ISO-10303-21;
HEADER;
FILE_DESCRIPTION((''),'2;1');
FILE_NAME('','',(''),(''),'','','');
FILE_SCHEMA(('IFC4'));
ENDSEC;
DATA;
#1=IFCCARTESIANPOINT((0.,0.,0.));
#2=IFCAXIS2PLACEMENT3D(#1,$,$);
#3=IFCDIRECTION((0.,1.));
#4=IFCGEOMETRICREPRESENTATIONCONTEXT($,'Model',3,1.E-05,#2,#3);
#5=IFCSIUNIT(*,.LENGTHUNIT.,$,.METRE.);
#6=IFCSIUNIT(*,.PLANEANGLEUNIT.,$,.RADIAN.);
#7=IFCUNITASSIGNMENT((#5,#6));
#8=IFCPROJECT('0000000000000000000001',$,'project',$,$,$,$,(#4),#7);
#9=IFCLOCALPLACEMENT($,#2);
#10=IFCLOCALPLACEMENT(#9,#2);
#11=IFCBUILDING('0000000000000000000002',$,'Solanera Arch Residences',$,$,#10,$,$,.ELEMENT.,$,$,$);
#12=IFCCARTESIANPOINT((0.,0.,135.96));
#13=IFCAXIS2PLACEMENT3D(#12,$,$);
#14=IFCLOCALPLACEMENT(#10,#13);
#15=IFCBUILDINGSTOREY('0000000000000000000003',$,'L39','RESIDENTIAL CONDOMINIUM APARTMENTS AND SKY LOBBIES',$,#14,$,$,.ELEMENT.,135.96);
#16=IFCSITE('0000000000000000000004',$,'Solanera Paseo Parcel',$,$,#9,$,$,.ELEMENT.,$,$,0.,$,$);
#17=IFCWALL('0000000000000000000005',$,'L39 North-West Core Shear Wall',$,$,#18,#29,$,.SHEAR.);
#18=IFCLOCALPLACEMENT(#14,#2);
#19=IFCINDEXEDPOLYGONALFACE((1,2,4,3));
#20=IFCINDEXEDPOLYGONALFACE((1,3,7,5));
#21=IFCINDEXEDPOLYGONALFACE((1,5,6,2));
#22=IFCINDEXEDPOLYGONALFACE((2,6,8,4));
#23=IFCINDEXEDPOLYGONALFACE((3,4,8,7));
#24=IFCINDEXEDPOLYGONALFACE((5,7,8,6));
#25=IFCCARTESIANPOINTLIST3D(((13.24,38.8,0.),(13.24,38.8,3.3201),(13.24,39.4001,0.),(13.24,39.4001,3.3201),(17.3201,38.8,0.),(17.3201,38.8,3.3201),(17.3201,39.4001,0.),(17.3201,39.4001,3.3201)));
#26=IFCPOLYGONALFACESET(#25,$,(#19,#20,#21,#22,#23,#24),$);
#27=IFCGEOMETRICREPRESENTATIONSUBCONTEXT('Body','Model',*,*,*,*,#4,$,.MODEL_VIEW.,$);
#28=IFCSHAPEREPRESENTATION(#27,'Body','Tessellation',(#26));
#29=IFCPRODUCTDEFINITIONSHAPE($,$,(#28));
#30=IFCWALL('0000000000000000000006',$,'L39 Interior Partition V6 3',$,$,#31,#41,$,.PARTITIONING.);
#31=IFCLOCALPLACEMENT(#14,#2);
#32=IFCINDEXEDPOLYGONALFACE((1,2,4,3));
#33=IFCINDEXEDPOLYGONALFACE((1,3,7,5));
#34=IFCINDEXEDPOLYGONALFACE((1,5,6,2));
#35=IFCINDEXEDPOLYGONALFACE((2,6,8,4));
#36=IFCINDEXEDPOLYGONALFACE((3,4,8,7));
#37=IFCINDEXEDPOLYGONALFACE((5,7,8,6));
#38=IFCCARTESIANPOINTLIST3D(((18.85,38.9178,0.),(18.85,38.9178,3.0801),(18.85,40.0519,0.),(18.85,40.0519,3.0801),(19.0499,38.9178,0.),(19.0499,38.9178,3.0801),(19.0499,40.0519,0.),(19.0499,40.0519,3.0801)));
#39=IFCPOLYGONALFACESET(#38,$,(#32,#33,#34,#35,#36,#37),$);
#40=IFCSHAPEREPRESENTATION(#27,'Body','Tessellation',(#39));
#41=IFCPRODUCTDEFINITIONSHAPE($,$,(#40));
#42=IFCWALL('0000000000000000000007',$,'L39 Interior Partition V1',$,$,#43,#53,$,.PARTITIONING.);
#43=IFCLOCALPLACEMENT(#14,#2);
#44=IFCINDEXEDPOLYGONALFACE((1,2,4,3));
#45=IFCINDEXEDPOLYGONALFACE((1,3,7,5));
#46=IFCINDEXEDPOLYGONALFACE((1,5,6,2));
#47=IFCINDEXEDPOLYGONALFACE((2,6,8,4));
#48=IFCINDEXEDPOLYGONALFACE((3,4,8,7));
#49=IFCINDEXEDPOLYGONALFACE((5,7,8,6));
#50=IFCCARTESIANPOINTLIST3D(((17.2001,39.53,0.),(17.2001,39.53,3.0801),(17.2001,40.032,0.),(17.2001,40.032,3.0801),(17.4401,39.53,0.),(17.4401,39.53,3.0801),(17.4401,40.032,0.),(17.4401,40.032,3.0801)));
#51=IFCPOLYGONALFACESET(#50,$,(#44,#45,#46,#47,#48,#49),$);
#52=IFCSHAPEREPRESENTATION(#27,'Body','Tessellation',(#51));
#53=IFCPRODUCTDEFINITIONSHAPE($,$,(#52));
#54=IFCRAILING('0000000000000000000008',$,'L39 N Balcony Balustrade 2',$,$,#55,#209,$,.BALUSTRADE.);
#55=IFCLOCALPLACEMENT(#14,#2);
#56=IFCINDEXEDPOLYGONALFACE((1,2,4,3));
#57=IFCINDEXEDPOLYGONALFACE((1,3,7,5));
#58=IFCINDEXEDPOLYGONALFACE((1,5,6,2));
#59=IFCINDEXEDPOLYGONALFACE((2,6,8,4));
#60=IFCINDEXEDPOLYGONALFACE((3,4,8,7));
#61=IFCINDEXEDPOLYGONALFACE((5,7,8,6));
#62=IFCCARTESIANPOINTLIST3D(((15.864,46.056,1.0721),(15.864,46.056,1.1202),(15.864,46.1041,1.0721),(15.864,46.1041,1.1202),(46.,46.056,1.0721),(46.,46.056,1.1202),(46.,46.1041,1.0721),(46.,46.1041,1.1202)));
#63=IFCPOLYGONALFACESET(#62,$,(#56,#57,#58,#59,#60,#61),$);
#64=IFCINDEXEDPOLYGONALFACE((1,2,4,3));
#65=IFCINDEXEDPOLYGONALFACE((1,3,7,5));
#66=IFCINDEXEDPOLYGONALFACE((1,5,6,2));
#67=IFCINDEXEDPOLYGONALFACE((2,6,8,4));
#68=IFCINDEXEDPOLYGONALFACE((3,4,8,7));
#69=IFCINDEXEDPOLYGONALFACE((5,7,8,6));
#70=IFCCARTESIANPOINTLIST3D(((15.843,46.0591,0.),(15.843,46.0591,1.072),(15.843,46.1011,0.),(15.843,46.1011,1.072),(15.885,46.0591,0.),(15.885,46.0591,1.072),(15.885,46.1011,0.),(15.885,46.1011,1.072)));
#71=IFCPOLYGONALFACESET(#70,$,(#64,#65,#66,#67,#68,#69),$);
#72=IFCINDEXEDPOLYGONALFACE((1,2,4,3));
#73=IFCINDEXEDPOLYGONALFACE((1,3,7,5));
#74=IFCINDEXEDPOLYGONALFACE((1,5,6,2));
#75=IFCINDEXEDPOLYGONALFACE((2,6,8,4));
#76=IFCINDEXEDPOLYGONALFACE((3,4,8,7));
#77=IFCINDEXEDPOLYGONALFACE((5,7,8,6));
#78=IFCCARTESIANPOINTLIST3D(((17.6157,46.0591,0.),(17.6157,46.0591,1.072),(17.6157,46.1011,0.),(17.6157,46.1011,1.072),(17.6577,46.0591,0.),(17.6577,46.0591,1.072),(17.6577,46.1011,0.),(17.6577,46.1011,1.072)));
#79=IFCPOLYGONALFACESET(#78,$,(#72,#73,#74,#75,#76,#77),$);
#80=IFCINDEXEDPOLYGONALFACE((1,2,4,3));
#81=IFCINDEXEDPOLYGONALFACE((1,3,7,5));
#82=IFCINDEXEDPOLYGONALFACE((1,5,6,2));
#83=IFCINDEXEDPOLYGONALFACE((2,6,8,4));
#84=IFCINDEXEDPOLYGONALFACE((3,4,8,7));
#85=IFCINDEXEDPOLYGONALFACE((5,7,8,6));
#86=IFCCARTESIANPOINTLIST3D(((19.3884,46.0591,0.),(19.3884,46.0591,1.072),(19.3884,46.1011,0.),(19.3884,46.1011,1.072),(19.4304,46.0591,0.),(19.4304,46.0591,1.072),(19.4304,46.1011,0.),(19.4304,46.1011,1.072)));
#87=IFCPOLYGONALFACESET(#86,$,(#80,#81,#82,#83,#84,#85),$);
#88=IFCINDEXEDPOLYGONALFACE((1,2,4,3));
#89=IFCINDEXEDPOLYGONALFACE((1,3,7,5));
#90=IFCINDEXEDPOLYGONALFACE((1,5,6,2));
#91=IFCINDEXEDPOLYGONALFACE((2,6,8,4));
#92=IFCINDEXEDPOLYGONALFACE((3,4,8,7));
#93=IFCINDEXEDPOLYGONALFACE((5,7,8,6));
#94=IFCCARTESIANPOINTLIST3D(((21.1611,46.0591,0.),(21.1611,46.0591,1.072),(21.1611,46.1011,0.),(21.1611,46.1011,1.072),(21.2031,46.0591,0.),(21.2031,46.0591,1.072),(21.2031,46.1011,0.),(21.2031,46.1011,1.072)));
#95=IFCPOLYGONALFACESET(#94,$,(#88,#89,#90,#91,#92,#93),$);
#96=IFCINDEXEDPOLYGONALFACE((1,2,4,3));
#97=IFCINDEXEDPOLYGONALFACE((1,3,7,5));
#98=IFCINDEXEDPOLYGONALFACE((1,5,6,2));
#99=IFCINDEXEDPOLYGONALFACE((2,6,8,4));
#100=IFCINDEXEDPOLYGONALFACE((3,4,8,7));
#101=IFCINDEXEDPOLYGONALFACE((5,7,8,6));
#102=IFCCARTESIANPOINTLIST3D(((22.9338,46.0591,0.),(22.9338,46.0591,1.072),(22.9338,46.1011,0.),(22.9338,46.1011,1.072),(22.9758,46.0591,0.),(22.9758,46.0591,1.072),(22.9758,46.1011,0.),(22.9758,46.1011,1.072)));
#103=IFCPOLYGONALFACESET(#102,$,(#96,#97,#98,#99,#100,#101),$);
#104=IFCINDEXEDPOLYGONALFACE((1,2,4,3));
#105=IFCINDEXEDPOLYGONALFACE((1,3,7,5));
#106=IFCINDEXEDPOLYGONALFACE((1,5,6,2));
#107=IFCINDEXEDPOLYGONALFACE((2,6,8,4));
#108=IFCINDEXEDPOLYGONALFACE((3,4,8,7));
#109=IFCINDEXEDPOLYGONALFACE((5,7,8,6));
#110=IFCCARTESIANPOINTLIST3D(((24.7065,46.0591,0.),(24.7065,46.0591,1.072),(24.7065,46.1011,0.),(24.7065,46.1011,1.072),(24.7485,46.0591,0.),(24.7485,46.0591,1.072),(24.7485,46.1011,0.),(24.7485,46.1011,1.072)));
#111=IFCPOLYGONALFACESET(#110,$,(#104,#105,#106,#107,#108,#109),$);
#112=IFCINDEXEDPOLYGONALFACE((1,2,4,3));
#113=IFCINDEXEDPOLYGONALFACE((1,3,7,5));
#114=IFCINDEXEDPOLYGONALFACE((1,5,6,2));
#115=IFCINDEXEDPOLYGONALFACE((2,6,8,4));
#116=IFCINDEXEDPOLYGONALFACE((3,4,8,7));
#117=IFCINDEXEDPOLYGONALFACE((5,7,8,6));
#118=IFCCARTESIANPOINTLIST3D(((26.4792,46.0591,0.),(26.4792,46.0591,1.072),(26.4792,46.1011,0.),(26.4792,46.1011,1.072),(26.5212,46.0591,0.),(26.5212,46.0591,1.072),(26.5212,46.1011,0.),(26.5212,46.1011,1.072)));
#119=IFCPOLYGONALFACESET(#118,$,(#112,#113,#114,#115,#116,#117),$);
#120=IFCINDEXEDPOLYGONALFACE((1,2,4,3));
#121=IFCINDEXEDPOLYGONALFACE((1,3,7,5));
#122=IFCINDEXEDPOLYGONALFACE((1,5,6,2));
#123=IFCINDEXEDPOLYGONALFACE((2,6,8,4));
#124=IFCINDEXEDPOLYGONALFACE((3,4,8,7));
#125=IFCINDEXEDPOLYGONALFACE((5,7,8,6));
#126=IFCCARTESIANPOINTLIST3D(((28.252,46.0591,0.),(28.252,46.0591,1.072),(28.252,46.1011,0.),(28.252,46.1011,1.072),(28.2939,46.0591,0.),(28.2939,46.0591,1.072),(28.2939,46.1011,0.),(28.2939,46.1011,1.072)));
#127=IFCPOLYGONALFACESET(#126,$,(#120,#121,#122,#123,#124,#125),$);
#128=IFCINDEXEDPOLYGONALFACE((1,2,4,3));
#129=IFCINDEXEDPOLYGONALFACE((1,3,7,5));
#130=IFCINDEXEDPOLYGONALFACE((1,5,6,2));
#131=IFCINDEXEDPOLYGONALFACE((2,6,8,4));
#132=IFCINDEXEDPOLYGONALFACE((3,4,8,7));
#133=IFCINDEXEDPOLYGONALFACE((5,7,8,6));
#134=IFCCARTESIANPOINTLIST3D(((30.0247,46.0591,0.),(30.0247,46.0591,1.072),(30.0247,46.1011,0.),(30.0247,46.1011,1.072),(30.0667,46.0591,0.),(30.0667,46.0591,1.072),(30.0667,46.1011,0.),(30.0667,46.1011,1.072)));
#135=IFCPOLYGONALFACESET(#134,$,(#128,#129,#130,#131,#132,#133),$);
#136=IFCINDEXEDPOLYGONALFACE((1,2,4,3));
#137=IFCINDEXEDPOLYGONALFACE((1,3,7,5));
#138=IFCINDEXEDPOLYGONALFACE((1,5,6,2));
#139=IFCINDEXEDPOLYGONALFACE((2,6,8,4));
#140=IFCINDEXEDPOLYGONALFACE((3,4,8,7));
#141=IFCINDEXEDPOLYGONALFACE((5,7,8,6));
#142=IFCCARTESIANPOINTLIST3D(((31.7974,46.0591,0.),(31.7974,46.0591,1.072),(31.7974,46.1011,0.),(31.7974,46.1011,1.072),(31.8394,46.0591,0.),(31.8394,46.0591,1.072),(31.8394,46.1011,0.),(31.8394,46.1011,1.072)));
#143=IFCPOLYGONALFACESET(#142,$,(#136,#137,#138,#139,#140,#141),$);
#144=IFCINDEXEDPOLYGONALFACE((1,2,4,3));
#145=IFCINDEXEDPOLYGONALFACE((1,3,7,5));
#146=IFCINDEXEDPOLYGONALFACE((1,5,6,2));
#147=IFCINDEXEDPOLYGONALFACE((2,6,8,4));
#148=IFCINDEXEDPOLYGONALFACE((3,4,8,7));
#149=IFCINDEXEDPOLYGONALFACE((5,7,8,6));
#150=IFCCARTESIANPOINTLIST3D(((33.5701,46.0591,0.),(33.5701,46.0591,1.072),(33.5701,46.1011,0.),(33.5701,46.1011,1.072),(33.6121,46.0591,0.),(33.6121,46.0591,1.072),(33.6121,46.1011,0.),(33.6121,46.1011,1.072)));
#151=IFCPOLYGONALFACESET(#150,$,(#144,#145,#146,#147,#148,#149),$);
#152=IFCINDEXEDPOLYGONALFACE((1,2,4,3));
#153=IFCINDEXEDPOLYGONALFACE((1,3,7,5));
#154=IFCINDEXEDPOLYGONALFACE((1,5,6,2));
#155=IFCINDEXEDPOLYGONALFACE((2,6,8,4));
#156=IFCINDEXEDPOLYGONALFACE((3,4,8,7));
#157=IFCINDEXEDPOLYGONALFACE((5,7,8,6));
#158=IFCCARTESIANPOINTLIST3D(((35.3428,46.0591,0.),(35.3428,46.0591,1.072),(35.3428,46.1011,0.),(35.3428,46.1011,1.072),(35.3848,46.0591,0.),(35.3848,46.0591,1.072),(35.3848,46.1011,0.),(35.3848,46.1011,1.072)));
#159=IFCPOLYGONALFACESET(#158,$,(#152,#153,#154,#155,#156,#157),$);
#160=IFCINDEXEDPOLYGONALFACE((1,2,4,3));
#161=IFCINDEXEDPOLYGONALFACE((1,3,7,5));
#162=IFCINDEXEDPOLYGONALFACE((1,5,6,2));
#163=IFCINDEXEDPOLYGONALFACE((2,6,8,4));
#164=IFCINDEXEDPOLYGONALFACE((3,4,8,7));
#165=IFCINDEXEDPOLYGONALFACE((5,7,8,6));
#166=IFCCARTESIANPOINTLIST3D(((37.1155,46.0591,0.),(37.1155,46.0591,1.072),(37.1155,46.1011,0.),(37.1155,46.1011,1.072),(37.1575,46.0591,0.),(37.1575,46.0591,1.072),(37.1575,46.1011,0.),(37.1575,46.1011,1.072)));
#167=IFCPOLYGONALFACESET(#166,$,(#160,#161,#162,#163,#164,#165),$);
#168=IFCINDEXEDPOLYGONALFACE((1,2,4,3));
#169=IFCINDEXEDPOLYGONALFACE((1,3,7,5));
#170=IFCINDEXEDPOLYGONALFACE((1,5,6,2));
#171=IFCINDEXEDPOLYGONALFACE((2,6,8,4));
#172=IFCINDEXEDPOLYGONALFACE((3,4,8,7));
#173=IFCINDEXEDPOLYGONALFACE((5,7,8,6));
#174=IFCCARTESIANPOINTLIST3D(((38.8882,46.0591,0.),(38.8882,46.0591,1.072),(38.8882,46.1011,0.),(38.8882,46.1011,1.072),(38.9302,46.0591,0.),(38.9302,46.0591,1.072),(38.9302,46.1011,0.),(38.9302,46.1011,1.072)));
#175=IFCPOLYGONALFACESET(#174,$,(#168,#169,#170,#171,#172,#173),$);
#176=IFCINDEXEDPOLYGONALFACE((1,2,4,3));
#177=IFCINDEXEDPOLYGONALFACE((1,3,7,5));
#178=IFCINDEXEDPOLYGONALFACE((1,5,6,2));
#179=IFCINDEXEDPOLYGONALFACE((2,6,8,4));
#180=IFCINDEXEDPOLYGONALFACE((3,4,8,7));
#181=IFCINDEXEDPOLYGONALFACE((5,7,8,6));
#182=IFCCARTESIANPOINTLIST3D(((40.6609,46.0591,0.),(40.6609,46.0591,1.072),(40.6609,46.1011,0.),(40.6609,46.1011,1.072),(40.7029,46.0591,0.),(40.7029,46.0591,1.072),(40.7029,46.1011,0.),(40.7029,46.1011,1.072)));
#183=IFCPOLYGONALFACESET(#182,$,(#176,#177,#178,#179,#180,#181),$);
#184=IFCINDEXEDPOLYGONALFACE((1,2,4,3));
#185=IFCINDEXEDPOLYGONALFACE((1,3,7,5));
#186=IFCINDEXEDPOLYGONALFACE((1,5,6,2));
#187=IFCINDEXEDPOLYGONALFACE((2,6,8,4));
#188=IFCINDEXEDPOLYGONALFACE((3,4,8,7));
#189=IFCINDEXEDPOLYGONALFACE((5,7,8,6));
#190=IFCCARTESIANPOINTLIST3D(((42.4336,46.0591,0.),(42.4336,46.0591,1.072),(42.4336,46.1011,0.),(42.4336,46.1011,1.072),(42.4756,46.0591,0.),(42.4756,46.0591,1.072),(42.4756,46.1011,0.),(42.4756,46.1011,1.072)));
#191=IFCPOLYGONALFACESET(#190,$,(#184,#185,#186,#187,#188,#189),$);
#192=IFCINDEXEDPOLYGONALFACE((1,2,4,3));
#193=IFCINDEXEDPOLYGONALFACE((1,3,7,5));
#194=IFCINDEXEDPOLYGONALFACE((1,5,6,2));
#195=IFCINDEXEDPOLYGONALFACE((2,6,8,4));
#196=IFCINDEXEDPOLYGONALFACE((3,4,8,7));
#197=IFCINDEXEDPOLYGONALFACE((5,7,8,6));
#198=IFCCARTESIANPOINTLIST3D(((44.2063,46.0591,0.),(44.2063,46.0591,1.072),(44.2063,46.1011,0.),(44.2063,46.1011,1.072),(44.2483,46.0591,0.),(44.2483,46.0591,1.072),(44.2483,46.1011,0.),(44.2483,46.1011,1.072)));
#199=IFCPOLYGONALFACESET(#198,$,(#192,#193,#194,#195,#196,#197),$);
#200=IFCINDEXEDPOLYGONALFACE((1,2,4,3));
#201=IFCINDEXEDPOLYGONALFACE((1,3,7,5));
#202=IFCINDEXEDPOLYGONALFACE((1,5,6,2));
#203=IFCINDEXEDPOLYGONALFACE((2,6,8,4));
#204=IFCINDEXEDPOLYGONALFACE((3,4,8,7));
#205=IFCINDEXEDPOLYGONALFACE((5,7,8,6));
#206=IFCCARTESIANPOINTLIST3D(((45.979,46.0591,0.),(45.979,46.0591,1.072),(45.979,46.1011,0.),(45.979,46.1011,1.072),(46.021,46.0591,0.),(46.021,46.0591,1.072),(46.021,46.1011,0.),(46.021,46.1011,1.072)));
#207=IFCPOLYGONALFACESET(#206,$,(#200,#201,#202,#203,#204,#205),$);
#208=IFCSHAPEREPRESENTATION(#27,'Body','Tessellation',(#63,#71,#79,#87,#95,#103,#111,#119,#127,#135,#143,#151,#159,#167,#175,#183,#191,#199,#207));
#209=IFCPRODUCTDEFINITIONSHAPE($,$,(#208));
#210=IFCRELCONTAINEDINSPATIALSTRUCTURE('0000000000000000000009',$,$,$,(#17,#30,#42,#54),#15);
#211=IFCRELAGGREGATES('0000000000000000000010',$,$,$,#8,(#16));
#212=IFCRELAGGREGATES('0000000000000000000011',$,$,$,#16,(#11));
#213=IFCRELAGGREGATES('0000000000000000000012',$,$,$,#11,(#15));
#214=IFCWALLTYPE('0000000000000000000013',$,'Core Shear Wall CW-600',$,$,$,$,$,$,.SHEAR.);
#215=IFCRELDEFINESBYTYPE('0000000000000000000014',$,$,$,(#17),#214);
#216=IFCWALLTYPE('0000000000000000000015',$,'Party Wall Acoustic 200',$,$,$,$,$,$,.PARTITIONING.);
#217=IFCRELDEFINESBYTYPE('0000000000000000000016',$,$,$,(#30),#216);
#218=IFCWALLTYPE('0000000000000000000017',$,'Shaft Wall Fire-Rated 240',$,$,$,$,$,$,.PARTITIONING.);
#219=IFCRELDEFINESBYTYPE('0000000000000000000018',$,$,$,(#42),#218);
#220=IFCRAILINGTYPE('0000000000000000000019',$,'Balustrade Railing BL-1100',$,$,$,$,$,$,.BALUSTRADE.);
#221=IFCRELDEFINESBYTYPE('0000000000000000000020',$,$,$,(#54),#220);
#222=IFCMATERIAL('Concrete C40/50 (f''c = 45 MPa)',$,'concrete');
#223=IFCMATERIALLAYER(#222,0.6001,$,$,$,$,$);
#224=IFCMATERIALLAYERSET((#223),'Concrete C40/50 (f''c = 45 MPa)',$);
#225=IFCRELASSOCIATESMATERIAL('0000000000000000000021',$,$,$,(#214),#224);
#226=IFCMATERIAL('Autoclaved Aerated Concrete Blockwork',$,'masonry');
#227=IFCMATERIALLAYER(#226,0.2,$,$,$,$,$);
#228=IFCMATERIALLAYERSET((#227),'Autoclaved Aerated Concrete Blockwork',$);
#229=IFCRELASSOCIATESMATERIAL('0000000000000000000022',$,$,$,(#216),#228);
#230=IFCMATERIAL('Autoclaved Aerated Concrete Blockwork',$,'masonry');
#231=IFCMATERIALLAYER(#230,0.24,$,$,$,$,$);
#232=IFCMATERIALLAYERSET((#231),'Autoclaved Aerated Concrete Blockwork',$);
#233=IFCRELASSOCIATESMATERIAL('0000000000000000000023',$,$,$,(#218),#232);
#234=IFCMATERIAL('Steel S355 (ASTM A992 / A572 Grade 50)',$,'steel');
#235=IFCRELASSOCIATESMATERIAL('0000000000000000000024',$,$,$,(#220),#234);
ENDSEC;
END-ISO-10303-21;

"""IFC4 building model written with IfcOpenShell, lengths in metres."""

from ifc_helpers import new_model, si_unit, direction, frame, frame_2d, origin, origin_2d, place, context, subcontext, project, spatial, rectangle, extrude, material, layer, layer_set, type_object, element, save


model = new_model("IFC4")

# Units and contexts
model_context = context("Model", 3, precision=1e-05, world=origin(), true_north=direction((0.0, 1.0)))
body_context = subcontext(model_context, "Body", "Model", "MODEL_VIEW")
ifc_project = project(units=[si_unit("LENGTHUNIT", "METRE"), si_unit("PLANEANGLEUNIT", "RADIAN")], contexts=[model_context])

# Site, building, storey
site_placement = place(None, origin())
site = spatial("IfcSite", under=ifc_project, at=site_placement, Name="Solanera Paseo Parcel", CompositionType="ELEMENT", RefElevation=0.0)
building_placement = place(site_placement, origin())
building = spatial("IfcBuilding", under=site, at=building_placement, Name="Solanera Arch Residences", CompositionType="ELEMENT")
storey_placement = place(building_placement, frame((0.0, 0.0, 135.96)))
storey = spatial("IfcBuildingStorey", under=building, at=storey_placement, Name="L39", Description="RESIDENTIAL CONDOMINIUM APARTMENTS AND SKY LOBBIES", CompositionType="ELEMENT", Elevation=135.96)

# Walls
ifc_material_1 = material(Name="Concrete C40/50 (f'c = 45 MPa)", Category="concrete")
ifc_layer_1 = layer(ifc_material_1, 0.6001)
ifc_layer_set_1 = layer_set([ifc_layer_1], Name="Concrete C40/50 (f'c = 45 MPa)")
wall_type_1 = type_object("IfcWallType", Name="Core Shear Wall CW-600", PredefinedType="SHEAR", material=ifc_layer_set_1)
wall_1_placement = place(storey_placement, frame((13.24, 39.1001, 0.0), z_axis=(0.0, 0.0, 1.0), x_axis=(1.0, 0.0, 0.0)))
element("IfcWall", 1, at=wall_1_placement, inside=storey, type_object=wall_type_1, Name="L39 North-West Core Shear Wall", PredefinedType="SHEAR", context=body_context, shape_type="SweptSolid", body=[
    extrude(rectangle(XDim=4.0801, YDim=0.6001, at=frame_2d((2.04, 0.0))), origin(), (0.0, 0.0, 1.0), 3.3201),
])
ifc_material_2 = material(Name="Autoclaved Aerated Concrete Blockwork", Category="masonry")
ifc_layer_2 = layer(ifc_material_2, 0.2)
ifc_layer_set_2 = layer_set([ifc_layer_2], Name="Autoclaved Aerated Concrete Blockwork")
wall_type_2 = type_object("IfcWallType", Name="Party Wall Acoustic 200", PredefinedType="PARTITIONING", material=ifc_layer_set_2)
wall_2_placement = place(storey_placement, frame((18.95, 38.918, 0.0), z_axis=(0.0, 0.0, 1.0), x_axis=(0.0, 1.0, 0.0)))
element("IfcWall", 2, at=wall_2_placement, inside=storey, type_object=wall_type_2, Name="L39 Interior Partition V6 3", PredefinedType="PARTITIONING", context=body_context, shape_type="SweptSolid", body=[
    extrude(rectangle(XDim=1.134, YDim=0.2, at=frame_2d((0.5669, 0.0))), origin(), (0.0, 0.0, 1.0), 3.0801),
])
ifc_material_3 = material(Name="Autoclaved Aerated Concrete Blockwork", Category="masonry")
ifc_layer_3 = layer(ifc_material_3, 0.24)
ifc_layer_set_3 = layer_set([ifc_layer_3], Name="Autoclaved Aerated Concrete Blockwork")
wall_type_3 = type_object("IfcWallType", Name="Shaft Wall Fire-Rated 240", PredefinedType="PARTITIONING", material=ifc_layer_set_3)
wall_3_placement = place(storey_placement, frame((17.3201, 39.53, 0.0), z_axis=(0.0, 0.0, 1.0), x_axis=(0.0, 1.0, 0.0)))
element("IfcWall", 3, at=wall_3_placement, inside=storey, type_object=wall_type_3, Name="L39 Interior Partition V1", PredefinedType="PARTITIONING", context=body_context, shape_type="SweptSolid", body=[
    extrude(rectangle(XDim=0.502, YDim=0.24, at=frame_2d((0.251, 0.0))), origin(), (0.0, 0.0, 1.0), 3.0801),
])

# Railing
ifc_material_4 = material(Name="Steel S355 (ASTM A992 / A572 Grade 50)", Category="steel")
railing_type = type_object("IfcRailingType", Name="Balustrade Railing BL-1100", PredefinedType="BALUSTRADE", material=ifc_material_4)
railing_placement = place(storey_placement, frame((15.864, 46.0801, 0.0)))
element("IfcRailing", 4, at=railing_placement, inside=storey, type_object=railing_type, Name="L39 N Balcony Balustrade 2", PredefinedType="BALUSTRADE", context=body_context, shape_type="SweptSolid", body=[
    extrude(rectangle(XDim=0.0481, YDim=0.0481, at=origin_2d()), frame((0.0, 0.0, 1.0962), z_axis=(1.0, 0.0, 0.0), x_axis=(0.0, 1.0, 0.0)), (0.0, 0.0, 1.0), 30.136),
    extrude(rectangle(XDim=0.042, YDim=0.042, at=origin_2d()), origin(), (0.0, 0.0, 1.0), 1.072),
    extrude(rectangle(XDim=0.042, YDim=0.042, at=origin_2d()), frame((1.7727, 0.0, 0.0)), (0.0, 0.0, 1.0), 1.072),
    extrude(rectangle(XDim=0.042, YDim=0.042, at=origin_2d()), frame((3.5454, 0.0, 0.0)), (0.0, 0.0, 1.0), 1.072),
    extrude(rectangle(XDim=0.042, YDim=0.042, at=origin_2d()), frame((5.3181, 0.0, 0.0)), (0.0, 0.0, 1.0), 1.072),
    extrude(rectangle(XDim=0.042, YDim=0.042, at=origin_2d()), frame((7.0908, 0.0, 0.0)), (0.0, 0.0, 1.0), 1.072),
    extrude(rectangle(XDim=0.042, YDim=0.042, at=origin_2d()), frame((8.8635, 0.0, 0.0)), (0.0, 0.0, 1.0), 1.072),
    extrude(rectangle(XDim=0.042, YDim=0.042, at=origin_2d()), frame((10.6362, 0.0, 0.0)), (0.0, 0.0, 1.0), 1.072),
    extrude(rectangle(XDim=0.042, YDim=0.042, at=origin_2d()), frame((12.4089, 0.0, 0.0)), (0.0, 0.0, 1.0), 1.072),
    extrude(rectangle(XDim=0.042, YDim=0.042, at=origin_2d()), frame((14.1816, 0.0, 0.0)), (0.0, 0.0, 1.0), 1.072),
    extrude(rectangle(XDim=0.042, YDim=0.042, at=origin_2d()), frame((15.9543, 0.0, 0.0)), (0.0, 0.0, 1.0), 1.072),
    extrude(rectangle(XDim=0.042, YDim=0.042, at=origin_2d()), frame((17.7271, 0.0, 0.0)), (0.0, 0.0, 1.0), 1.072),
    extrude(rectangle(XDim=0.042, YDim=0.042, at=origin_2d()), frame((19.4998, 0.0, 0.0)), (0.0, 0.0, 1.0), 1.072),
    extrude(rectangle(XDim=0.042, YDim=0.042, at=origin_2d()), frame((21.2725, 0.0, 0.0)), (0.0, 0.0, 1.0), 1.072),
    extrude(rectangle(XDim=0.042, YDim=0.042, at=origin_2d()), frame((23.0452, 0.0, 0.0)), (0.0, 0.0, 1.0), 1.072),
    extrude(rectangle(XDim=0.042, YDim=0.042, at=origin_2d()), frame((24.8179, 0.0, 0.0)), (0.0, 0.0, 1.0), 1.072),
    extrude(rectangle(XDim=0.042, YDim=0.042, at=origin_2d()), frame((26.5906, 0.0, 0.0)), (0.0, 0.0, 1.0), 1.072),
    extrude(rectangle(XDim=0.042, YDim=0.042, at=origin_2d()), frame((28.3633, 0.0, 0.0)), (0.0, 0.0, 1.0), 1.072),
    extrude(rectangle(XDim=0.042, YDim=0.042, at=origin_2d()), frame((30.136, 0.0, 0.0)), (0.0, 0.0, 1.0), 1.072),
])

save(model, "model.ifc")
